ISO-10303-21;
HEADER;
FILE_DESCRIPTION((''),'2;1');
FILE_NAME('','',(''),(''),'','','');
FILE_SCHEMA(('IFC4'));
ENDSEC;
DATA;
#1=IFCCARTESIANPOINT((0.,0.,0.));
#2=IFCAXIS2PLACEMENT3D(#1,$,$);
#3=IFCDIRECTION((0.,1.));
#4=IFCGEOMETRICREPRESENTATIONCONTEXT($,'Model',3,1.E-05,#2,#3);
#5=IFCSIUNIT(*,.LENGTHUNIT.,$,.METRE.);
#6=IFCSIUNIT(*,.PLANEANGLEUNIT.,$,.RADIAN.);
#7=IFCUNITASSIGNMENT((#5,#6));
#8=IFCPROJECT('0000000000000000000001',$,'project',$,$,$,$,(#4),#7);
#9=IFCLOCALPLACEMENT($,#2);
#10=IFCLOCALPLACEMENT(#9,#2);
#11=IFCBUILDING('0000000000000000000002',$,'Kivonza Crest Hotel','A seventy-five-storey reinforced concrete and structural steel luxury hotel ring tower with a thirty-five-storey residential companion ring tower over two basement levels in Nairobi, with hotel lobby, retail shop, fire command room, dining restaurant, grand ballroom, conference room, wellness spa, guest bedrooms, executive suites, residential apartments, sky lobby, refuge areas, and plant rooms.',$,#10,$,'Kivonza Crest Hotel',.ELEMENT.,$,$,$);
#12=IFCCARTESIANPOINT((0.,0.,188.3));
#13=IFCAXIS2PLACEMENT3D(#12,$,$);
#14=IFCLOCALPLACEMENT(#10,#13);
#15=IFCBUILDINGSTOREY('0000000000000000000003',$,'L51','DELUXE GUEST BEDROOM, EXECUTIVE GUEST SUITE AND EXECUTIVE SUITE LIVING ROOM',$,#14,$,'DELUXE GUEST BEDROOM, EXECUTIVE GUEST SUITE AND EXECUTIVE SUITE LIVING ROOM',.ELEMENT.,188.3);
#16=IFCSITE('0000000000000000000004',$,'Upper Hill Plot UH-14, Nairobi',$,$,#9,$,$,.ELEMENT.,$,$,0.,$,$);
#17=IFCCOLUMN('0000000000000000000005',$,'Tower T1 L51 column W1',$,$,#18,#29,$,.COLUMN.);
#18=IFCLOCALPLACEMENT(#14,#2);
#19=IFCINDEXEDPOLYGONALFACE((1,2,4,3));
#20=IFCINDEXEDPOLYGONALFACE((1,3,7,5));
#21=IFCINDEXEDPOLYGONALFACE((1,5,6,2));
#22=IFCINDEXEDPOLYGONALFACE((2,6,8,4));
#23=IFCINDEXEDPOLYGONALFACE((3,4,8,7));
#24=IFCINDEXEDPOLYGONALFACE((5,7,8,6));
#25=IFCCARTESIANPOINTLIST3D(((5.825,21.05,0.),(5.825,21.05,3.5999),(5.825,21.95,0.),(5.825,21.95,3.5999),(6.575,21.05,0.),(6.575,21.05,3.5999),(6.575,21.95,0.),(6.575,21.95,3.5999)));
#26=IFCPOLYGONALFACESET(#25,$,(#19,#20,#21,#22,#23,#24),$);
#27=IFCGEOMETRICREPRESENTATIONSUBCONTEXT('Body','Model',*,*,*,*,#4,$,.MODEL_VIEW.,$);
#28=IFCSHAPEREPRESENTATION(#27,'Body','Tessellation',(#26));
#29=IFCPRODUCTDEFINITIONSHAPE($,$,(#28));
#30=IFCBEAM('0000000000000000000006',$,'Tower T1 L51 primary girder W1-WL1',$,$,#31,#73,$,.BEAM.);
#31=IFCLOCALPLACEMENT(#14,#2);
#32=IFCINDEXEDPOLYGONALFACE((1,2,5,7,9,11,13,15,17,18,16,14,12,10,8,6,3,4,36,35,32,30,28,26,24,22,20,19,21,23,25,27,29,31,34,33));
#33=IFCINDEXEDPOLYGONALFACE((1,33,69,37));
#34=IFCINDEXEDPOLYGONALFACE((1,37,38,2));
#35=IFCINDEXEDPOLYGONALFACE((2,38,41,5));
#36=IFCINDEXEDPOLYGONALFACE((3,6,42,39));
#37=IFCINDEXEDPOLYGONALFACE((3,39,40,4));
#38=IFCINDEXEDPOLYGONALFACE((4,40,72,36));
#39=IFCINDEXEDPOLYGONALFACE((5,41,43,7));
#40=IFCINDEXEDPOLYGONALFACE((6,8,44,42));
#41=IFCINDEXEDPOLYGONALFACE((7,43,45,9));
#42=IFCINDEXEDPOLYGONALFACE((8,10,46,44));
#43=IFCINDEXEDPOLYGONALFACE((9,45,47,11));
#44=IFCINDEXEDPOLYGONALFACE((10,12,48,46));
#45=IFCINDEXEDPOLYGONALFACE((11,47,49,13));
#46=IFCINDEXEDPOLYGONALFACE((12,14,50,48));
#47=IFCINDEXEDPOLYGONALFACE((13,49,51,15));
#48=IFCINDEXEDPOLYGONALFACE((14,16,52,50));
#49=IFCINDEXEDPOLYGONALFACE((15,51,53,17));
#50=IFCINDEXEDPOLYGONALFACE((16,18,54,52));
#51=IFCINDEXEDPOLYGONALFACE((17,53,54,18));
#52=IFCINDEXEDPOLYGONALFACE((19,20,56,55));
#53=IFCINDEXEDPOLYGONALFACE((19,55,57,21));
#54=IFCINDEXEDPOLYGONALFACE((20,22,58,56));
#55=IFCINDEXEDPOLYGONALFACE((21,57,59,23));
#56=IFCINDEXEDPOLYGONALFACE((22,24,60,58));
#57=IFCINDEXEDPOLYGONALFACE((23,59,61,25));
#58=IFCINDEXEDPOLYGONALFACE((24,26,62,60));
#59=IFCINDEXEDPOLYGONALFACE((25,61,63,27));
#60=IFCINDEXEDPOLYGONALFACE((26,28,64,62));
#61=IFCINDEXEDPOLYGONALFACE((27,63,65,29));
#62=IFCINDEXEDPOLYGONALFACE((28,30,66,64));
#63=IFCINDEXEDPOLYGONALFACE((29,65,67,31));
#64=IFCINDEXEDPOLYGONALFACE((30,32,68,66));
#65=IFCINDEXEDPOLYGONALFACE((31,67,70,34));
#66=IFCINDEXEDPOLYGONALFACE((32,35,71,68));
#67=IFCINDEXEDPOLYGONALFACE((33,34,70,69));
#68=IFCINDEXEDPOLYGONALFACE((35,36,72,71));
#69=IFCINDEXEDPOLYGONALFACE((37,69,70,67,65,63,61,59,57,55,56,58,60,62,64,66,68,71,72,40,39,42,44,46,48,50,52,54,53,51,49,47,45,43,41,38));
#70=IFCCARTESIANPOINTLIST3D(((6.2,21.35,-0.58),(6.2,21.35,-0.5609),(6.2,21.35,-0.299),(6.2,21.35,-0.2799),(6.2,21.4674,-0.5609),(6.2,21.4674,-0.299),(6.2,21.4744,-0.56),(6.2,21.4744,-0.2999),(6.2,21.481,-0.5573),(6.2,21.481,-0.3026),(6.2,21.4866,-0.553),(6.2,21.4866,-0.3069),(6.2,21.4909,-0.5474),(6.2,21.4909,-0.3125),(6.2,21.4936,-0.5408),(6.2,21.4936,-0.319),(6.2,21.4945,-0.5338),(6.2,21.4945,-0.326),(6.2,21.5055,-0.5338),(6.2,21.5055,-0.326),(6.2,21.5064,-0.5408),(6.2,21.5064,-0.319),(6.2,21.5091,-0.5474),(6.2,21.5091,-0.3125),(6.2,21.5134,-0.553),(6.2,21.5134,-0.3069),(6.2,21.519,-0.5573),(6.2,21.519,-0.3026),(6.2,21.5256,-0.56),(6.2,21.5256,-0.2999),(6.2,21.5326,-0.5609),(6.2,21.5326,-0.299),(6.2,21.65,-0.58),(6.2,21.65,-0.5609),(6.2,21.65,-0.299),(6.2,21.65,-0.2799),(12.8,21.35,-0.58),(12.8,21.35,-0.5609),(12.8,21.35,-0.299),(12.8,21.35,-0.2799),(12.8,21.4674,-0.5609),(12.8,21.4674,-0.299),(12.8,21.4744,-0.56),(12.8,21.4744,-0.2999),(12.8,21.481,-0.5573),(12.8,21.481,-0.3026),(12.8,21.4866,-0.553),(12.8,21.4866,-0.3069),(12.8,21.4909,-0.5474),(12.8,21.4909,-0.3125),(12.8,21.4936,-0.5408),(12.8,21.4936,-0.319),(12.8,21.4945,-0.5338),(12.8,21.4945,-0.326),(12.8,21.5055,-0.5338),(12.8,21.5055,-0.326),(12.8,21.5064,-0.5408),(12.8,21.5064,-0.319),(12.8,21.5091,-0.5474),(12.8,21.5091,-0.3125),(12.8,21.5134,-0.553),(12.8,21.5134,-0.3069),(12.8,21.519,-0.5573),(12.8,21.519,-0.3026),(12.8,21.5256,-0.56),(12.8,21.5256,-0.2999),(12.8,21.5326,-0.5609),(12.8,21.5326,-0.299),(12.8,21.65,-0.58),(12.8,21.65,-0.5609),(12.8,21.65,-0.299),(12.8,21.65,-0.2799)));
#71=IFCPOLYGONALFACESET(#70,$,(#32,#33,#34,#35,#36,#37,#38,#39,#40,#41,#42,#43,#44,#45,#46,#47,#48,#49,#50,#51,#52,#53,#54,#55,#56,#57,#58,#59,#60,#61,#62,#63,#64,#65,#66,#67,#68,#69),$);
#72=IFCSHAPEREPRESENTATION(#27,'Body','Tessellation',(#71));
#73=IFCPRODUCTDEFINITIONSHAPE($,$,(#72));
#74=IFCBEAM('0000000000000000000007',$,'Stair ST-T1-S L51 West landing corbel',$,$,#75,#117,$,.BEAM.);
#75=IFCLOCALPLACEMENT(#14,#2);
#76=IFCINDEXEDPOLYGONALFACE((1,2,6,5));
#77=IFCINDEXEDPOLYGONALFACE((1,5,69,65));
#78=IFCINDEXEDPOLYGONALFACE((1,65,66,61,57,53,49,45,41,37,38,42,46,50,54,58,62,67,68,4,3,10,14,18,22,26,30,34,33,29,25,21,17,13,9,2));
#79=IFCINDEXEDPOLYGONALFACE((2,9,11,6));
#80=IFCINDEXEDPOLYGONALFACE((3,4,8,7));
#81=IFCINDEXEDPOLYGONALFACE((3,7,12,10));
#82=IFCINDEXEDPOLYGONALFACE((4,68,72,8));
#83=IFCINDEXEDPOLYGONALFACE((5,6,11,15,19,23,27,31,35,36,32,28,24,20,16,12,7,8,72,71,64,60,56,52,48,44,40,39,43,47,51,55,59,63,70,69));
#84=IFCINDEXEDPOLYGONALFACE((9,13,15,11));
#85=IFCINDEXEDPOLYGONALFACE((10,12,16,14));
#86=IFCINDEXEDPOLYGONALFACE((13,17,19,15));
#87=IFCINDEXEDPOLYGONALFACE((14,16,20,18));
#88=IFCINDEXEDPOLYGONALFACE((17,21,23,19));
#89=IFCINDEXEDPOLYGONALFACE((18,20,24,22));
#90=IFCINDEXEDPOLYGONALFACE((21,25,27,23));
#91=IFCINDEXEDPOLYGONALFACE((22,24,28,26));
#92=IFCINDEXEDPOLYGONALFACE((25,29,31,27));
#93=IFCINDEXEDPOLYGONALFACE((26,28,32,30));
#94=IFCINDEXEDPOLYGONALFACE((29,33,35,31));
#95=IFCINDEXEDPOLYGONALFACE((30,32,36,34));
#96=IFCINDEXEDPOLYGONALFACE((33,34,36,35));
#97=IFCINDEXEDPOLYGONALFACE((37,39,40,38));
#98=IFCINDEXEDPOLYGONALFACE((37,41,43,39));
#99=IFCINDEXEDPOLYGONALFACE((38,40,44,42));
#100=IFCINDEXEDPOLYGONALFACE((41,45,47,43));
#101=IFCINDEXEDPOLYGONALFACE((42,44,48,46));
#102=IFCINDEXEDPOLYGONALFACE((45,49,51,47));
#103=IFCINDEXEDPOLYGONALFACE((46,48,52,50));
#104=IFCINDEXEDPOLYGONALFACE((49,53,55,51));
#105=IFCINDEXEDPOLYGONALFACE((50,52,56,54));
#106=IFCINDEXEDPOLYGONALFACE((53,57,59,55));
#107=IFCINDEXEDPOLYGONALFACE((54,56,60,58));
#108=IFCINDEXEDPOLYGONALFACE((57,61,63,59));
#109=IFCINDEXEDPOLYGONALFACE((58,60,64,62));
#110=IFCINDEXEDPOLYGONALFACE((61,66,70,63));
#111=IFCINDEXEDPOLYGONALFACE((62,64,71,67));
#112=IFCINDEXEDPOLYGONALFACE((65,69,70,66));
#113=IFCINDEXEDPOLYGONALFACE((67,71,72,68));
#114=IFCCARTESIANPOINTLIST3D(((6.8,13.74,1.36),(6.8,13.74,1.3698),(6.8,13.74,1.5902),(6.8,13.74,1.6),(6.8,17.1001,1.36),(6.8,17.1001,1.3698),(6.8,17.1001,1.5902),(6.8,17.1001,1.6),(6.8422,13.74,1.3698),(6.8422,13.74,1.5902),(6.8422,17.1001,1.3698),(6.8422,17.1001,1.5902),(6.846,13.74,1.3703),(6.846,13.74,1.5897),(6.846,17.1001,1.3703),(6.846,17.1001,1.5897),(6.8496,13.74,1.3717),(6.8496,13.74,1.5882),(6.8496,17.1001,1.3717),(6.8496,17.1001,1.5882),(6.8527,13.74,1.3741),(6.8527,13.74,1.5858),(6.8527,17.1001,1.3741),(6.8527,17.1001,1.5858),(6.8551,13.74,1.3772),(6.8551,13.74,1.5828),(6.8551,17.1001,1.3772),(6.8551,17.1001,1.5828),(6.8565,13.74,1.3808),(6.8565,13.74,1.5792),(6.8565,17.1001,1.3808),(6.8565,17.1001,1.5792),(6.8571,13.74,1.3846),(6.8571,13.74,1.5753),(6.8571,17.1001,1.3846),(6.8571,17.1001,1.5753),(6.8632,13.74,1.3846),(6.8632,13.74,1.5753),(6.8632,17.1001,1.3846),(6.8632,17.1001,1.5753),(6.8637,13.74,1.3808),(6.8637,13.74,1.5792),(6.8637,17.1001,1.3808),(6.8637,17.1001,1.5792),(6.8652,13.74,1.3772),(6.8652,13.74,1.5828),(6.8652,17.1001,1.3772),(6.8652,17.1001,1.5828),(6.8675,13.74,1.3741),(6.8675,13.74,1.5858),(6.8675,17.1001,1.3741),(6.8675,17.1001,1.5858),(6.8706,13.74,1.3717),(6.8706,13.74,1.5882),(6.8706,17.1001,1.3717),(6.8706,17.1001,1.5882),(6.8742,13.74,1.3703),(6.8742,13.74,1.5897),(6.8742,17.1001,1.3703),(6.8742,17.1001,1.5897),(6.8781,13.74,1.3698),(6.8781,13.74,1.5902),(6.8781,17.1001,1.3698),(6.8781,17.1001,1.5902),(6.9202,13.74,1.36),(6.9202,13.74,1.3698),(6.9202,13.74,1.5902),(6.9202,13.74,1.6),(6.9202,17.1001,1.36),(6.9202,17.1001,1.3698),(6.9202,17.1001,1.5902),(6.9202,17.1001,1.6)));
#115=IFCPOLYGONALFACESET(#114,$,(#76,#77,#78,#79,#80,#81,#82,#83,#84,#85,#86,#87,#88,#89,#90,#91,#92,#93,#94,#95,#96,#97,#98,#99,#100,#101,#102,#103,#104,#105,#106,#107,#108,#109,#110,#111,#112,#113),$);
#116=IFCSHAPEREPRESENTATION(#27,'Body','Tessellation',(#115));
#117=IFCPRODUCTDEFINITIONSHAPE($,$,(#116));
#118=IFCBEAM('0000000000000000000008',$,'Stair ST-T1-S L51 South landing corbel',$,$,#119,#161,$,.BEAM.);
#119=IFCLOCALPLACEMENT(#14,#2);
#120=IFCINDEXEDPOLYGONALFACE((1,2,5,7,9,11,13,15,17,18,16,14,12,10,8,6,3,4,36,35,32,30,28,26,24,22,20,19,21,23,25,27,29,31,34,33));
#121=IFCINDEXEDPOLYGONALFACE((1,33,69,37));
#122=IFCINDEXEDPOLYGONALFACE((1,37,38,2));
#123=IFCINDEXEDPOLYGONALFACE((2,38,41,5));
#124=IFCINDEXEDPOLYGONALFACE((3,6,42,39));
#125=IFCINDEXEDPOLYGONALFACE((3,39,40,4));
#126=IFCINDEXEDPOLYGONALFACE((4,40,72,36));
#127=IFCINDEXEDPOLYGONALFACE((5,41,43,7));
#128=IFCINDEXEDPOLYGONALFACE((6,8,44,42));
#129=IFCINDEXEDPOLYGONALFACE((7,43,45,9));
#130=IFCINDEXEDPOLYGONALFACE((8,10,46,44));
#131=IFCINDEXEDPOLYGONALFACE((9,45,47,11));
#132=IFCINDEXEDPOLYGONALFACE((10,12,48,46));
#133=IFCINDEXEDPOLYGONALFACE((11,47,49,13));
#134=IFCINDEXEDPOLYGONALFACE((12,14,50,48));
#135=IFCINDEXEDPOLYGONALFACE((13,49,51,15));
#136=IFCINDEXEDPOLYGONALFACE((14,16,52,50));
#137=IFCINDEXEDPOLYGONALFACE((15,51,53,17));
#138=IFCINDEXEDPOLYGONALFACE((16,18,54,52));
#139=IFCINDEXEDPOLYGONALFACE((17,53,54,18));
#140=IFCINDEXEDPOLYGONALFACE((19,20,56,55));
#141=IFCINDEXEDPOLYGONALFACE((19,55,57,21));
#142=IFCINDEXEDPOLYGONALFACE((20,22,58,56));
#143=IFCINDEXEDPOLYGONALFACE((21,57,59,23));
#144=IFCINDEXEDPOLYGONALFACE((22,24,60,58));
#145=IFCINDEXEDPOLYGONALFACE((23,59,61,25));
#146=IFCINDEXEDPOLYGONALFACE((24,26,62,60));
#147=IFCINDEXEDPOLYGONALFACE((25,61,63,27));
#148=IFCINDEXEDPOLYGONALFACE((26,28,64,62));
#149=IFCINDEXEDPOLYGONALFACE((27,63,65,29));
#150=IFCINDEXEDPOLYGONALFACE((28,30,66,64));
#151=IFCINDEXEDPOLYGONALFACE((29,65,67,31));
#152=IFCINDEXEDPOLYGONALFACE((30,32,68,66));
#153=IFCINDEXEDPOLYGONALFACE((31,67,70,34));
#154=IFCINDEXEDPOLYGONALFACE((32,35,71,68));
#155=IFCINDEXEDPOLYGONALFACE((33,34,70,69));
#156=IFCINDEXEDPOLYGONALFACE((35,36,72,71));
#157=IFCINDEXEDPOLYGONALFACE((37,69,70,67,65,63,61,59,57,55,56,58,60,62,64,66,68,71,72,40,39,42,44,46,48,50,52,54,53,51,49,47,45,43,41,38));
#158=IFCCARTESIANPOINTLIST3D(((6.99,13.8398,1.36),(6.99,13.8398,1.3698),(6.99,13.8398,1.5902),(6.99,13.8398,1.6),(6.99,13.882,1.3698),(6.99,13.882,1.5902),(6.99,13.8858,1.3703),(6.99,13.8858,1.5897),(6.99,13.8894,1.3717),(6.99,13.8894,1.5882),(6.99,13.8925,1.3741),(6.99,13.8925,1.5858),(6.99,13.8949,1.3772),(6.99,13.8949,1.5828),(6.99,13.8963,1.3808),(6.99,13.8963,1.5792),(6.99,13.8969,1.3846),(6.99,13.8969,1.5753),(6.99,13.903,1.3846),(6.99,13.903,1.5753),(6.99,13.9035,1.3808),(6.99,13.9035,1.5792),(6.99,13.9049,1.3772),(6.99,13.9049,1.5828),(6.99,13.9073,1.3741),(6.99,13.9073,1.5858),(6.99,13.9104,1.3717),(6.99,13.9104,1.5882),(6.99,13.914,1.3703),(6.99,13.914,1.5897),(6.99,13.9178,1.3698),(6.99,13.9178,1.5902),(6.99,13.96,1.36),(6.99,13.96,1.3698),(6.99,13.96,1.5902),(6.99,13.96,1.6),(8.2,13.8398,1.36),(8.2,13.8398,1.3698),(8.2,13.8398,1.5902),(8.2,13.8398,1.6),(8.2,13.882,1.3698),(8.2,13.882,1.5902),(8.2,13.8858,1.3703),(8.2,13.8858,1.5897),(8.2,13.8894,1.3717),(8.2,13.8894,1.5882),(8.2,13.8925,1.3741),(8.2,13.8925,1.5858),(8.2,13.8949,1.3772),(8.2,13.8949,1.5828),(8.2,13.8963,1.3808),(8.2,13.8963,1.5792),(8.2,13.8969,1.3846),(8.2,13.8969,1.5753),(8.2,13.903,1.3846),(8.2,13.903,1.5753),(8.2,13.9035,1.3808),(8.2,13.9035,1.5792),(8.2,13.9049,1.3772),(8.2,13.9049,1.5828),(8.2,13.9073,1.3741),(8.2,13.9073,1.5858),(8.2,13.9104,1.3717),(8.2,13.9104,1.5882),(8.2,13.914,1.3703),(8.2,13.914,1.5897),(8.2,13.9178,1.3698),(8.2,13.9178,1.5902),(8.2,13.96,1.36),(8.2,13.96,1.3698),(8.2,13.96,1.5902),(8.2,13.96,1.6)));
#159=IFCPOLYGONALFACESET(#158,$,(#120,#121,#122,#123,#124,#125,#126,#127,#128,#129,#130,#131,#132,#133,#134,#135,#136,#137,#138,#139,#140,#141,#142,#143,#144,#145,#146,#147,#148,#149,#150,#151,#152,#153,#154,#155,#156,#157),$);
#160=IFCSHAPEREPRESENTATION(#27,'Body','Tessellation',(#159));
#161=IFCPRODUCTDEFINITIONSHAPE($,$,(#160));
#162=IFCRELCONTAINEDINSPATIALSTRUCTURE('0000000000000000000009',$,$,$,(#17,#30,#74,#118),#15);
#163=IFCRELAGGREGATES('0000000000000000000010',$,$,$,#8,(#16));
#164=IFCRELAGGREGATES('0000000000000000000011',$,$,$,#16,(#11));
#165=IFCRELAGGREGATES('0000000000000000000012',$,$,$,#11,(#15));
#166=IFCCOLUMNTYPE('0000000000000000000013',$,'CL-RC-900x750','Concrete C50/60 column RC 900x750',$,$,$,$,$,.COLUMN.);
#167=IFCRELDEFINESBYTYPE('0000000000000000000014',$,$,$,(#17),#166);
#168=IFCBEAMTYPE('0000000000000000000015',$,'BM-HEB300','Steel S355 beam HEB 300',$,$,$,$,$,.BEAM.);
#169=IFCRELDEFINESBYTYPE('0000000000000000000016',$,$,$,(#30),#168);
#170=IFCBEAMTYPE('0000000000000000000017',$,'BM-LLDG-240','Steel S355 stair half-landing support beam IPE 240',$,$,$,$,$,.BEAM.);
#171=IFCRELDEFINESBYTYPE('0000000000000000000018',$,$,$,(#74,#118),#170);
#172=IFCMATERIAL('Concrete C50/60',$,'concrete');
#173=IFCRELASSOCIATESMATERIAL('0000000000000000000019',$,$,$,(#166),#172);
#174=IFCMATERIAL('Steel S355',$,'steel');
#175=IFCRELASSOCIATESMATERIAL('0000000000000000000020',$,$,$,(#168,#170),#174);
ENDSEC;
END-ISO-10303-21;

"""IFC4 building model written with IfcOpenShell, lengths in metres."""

from ifc_helpers import new_model, si_unit, direction, frame, origin, origin_2d, place, context, subcontext, project, spatial, rectangle, i_section, extrude, material, material_profile, profile_set, type_object, element, save


model = new_model("IFC4")

# Units and contexts
model_context = context("Model", 3, precision=1e-05, world=origin(), true_north=direction((0.0, 1.0)))
body_context = subcontext(model_context, "Body", "Model", "MODEL_VIEW")
ifc_project = project(units=[si_unit("LENGTHUNIT", "METRE"), si_unit("PLANEANGLEUNIT", "RADIAN")], contexts=[model_context])

# Site, building, storey
site_placement = place(None, origin())
site = spatial("IfcSite", under=ifc_project, at=site_placement, Name="Upper Hill Plot UH-14, Nairobi", CompositionType="ELEMENT", RefElevation=0.0)
building_placement = place(site_placement, origin())
building = spatial("IfcBuilding", under=site, at=building_placement, Name="Kivonza Crest Hotel", Description="A seventy-five-storey reinforced concrete and structural steel luxury hotel ring tower with a thirty-five-storey residential companion ring tower over two basement levels in Nairobi, with hotel lobby, retail shop, fire command room, dining restaurant, grand ballroom, conference room, wellness spa, guest bedrooms, executive suites, residential apartments, sky lobby, refuge areas, and plant rooms.", LongName="Kivonza Crest Hotel", CompositionType="ELEMENT")
storey_placement = place(building_placement, frame((0.0, 0.0, 188.3)))
storey = spatial("IfcBuildingStorey", under=building, at=storey_placement, Name="L51", Description="DELUXE GUEST BEDROOM, EXECUTIVE GUEST SUITE AND EXECUTIVE SUITE LIVING ROOM", LongName="DELUXE GUEST BEDROOM, EXECUTIVE GUEST SUITE AND EXECUTIVE SUITE LIVING ROOM", CompositionType="ELEMENT", Elevation=188.3)

# Column
ifc_material_1 = material(Name="Concrete C50/60", Category="concrete")
ifc_material_profile_1 = material_profile(ifc_material_1, rectangle(XDim=0.75, YDim=0.8999, at=origin_2d()), Name="RC 900x750")
ifc_profile_set_1 = profile_set([ifc_material_profile_1], Name="Concrete C50/60")
column_type = type_object("IfcColumnType", Name="CL-RC-900x750", Description="Concrete C50/60 column RC 900x750", PredefinedType="COLUMN", material=ifc_profile_set_1)
column_placement = place(storey_placement, frame((6.2, 21.5, 0.0), z_axis=(0.0, 0.0, 1.0), x_axis=(1.0, 0.0, 0.0)))
element("IfcColumn", 1, at=column_placement, inside=storey, type_object=column_type, Name="Tower T1 L51 column W1", PredefinedType="COLUMN", context=body_context, shape_type="SweptSolid", body=[
    extrude(rectangle(XDim=0.75, YDim=0.8999, at=origin_2d()), origin(), (0.0, 0.0, 1.0), 3.5999),
])

# Beams
ifc_material_2 = material(Name="Steel S355", Category="steel")
ifc_material_profile_2 = material_profile(ifc_material_2, i_section(OverallWidth=0.3, OverallDepth=0.3, WebThickness=0.011, FlangeThickness=0.019, FilletRadius=0.0271, at=origin_2d()), Name="HEB 300")
ifc_profile_set_2 = profile_set([ifc_material_profile_2], Name="Steel S355")
beam_type_1 = type_object("IfcBeamType", Name="BM-HEB300", Description="Steel S355 beam HEB 300", PredefinedType="BEAM", material=ifc_profile_set_2)
beam_1_placement = place(storey_placement, frame((6.2, 21.5, -0.4299), z_axis=(1.0, 0.0, 0.0), x_axis=(0.0, 1.0, 0.0)))
element("IfcBeam", 2, at=beam_1_placement, inside=storey, type_object=beam_type_1, Name="Tower T1 L51 primary girder W1-WL1", PredefinedType="BEAM", context=body_context, shape_type="SweptSolid", body=[
    extrude(i_section(OverallWidth=0.3, OverallDepth=0.3, WebThickness=0.011, FlangeThickness=0.019, FilletRadius=0.0271, at=origin_2d()), origin(), (0.0, 0.0, 1.0), 6.6001),
])
ifc_material_profile_3 = material_profile(ifc_material_2, i_section(OverallWidth=0.1201, OverallDepth=0.24, WebThickness=0.0061, FlangeThickness=0.0098, FilletRadius=0.0149, at=origin_2d()), Name="IPE 240")
ifc_profile_set_3 = profile_set([ifc_material_profile_3], Name="Steel S355")
beam_type_2 = type_object("IfcBeamType", Name="BM-LLDG-240", Description="Steel S355 stair half-landing support beam IPE 240", PredefinedType="BEAM", material=ifc_profile_set_3)
beam_2_placement = place(storey_placement, frame((6.8601, 13.74, 1.48), z_axis=(0.0, 1.0, 0.0), x_axis=(-1.0, 0.0, 0.0)))
element("IfcBeam", 3, at=beam_2_placement, inside=storey, type_object=beam_type_2, Name="Stair ST-T1-S L51 West landing corbel", PredefinedType="BEAM", context=body_context, shape_type="SweptSolid", body=[
    extrude(i_section(OverallWidth=0.1201, OverallDepth=0.24, WebThickness=0.0061, FlangeThickness=0.0098, FilletRadius=0.0149, at=origin_2d()), origin(), (0.0, 0.0, 1.0), 3.3601),
])
for number, where, z_axis, x_axis, name in (
    (4, (6.99, 13.8999, 1.48), (1.0, 0.0, 0.0), (0.0, 1.0, 0.0), "Stair ST-T1-S L51 South landing corbel"),
):
    element("IfcBeam", number, at=place(storey_placement, frame(where, z_axis=z_axis, x_axis=x_axis)), inside=storey, type_object=beam_type_2, Name=name, PredefinedType="BEAM", context=body_context, shape_type="SweptSolid", body=[
        extrude(i_section(OverallWidth=0.1201, OverallDepth=0.24, WebThickness=0.0061, FlangeThickness=0.0098, FilletRadius=0.0149, at=origin_2d()), origin(), (0.0, 0.0, 1.0), 1.21),
    ])

save(model, "model.ifc")
